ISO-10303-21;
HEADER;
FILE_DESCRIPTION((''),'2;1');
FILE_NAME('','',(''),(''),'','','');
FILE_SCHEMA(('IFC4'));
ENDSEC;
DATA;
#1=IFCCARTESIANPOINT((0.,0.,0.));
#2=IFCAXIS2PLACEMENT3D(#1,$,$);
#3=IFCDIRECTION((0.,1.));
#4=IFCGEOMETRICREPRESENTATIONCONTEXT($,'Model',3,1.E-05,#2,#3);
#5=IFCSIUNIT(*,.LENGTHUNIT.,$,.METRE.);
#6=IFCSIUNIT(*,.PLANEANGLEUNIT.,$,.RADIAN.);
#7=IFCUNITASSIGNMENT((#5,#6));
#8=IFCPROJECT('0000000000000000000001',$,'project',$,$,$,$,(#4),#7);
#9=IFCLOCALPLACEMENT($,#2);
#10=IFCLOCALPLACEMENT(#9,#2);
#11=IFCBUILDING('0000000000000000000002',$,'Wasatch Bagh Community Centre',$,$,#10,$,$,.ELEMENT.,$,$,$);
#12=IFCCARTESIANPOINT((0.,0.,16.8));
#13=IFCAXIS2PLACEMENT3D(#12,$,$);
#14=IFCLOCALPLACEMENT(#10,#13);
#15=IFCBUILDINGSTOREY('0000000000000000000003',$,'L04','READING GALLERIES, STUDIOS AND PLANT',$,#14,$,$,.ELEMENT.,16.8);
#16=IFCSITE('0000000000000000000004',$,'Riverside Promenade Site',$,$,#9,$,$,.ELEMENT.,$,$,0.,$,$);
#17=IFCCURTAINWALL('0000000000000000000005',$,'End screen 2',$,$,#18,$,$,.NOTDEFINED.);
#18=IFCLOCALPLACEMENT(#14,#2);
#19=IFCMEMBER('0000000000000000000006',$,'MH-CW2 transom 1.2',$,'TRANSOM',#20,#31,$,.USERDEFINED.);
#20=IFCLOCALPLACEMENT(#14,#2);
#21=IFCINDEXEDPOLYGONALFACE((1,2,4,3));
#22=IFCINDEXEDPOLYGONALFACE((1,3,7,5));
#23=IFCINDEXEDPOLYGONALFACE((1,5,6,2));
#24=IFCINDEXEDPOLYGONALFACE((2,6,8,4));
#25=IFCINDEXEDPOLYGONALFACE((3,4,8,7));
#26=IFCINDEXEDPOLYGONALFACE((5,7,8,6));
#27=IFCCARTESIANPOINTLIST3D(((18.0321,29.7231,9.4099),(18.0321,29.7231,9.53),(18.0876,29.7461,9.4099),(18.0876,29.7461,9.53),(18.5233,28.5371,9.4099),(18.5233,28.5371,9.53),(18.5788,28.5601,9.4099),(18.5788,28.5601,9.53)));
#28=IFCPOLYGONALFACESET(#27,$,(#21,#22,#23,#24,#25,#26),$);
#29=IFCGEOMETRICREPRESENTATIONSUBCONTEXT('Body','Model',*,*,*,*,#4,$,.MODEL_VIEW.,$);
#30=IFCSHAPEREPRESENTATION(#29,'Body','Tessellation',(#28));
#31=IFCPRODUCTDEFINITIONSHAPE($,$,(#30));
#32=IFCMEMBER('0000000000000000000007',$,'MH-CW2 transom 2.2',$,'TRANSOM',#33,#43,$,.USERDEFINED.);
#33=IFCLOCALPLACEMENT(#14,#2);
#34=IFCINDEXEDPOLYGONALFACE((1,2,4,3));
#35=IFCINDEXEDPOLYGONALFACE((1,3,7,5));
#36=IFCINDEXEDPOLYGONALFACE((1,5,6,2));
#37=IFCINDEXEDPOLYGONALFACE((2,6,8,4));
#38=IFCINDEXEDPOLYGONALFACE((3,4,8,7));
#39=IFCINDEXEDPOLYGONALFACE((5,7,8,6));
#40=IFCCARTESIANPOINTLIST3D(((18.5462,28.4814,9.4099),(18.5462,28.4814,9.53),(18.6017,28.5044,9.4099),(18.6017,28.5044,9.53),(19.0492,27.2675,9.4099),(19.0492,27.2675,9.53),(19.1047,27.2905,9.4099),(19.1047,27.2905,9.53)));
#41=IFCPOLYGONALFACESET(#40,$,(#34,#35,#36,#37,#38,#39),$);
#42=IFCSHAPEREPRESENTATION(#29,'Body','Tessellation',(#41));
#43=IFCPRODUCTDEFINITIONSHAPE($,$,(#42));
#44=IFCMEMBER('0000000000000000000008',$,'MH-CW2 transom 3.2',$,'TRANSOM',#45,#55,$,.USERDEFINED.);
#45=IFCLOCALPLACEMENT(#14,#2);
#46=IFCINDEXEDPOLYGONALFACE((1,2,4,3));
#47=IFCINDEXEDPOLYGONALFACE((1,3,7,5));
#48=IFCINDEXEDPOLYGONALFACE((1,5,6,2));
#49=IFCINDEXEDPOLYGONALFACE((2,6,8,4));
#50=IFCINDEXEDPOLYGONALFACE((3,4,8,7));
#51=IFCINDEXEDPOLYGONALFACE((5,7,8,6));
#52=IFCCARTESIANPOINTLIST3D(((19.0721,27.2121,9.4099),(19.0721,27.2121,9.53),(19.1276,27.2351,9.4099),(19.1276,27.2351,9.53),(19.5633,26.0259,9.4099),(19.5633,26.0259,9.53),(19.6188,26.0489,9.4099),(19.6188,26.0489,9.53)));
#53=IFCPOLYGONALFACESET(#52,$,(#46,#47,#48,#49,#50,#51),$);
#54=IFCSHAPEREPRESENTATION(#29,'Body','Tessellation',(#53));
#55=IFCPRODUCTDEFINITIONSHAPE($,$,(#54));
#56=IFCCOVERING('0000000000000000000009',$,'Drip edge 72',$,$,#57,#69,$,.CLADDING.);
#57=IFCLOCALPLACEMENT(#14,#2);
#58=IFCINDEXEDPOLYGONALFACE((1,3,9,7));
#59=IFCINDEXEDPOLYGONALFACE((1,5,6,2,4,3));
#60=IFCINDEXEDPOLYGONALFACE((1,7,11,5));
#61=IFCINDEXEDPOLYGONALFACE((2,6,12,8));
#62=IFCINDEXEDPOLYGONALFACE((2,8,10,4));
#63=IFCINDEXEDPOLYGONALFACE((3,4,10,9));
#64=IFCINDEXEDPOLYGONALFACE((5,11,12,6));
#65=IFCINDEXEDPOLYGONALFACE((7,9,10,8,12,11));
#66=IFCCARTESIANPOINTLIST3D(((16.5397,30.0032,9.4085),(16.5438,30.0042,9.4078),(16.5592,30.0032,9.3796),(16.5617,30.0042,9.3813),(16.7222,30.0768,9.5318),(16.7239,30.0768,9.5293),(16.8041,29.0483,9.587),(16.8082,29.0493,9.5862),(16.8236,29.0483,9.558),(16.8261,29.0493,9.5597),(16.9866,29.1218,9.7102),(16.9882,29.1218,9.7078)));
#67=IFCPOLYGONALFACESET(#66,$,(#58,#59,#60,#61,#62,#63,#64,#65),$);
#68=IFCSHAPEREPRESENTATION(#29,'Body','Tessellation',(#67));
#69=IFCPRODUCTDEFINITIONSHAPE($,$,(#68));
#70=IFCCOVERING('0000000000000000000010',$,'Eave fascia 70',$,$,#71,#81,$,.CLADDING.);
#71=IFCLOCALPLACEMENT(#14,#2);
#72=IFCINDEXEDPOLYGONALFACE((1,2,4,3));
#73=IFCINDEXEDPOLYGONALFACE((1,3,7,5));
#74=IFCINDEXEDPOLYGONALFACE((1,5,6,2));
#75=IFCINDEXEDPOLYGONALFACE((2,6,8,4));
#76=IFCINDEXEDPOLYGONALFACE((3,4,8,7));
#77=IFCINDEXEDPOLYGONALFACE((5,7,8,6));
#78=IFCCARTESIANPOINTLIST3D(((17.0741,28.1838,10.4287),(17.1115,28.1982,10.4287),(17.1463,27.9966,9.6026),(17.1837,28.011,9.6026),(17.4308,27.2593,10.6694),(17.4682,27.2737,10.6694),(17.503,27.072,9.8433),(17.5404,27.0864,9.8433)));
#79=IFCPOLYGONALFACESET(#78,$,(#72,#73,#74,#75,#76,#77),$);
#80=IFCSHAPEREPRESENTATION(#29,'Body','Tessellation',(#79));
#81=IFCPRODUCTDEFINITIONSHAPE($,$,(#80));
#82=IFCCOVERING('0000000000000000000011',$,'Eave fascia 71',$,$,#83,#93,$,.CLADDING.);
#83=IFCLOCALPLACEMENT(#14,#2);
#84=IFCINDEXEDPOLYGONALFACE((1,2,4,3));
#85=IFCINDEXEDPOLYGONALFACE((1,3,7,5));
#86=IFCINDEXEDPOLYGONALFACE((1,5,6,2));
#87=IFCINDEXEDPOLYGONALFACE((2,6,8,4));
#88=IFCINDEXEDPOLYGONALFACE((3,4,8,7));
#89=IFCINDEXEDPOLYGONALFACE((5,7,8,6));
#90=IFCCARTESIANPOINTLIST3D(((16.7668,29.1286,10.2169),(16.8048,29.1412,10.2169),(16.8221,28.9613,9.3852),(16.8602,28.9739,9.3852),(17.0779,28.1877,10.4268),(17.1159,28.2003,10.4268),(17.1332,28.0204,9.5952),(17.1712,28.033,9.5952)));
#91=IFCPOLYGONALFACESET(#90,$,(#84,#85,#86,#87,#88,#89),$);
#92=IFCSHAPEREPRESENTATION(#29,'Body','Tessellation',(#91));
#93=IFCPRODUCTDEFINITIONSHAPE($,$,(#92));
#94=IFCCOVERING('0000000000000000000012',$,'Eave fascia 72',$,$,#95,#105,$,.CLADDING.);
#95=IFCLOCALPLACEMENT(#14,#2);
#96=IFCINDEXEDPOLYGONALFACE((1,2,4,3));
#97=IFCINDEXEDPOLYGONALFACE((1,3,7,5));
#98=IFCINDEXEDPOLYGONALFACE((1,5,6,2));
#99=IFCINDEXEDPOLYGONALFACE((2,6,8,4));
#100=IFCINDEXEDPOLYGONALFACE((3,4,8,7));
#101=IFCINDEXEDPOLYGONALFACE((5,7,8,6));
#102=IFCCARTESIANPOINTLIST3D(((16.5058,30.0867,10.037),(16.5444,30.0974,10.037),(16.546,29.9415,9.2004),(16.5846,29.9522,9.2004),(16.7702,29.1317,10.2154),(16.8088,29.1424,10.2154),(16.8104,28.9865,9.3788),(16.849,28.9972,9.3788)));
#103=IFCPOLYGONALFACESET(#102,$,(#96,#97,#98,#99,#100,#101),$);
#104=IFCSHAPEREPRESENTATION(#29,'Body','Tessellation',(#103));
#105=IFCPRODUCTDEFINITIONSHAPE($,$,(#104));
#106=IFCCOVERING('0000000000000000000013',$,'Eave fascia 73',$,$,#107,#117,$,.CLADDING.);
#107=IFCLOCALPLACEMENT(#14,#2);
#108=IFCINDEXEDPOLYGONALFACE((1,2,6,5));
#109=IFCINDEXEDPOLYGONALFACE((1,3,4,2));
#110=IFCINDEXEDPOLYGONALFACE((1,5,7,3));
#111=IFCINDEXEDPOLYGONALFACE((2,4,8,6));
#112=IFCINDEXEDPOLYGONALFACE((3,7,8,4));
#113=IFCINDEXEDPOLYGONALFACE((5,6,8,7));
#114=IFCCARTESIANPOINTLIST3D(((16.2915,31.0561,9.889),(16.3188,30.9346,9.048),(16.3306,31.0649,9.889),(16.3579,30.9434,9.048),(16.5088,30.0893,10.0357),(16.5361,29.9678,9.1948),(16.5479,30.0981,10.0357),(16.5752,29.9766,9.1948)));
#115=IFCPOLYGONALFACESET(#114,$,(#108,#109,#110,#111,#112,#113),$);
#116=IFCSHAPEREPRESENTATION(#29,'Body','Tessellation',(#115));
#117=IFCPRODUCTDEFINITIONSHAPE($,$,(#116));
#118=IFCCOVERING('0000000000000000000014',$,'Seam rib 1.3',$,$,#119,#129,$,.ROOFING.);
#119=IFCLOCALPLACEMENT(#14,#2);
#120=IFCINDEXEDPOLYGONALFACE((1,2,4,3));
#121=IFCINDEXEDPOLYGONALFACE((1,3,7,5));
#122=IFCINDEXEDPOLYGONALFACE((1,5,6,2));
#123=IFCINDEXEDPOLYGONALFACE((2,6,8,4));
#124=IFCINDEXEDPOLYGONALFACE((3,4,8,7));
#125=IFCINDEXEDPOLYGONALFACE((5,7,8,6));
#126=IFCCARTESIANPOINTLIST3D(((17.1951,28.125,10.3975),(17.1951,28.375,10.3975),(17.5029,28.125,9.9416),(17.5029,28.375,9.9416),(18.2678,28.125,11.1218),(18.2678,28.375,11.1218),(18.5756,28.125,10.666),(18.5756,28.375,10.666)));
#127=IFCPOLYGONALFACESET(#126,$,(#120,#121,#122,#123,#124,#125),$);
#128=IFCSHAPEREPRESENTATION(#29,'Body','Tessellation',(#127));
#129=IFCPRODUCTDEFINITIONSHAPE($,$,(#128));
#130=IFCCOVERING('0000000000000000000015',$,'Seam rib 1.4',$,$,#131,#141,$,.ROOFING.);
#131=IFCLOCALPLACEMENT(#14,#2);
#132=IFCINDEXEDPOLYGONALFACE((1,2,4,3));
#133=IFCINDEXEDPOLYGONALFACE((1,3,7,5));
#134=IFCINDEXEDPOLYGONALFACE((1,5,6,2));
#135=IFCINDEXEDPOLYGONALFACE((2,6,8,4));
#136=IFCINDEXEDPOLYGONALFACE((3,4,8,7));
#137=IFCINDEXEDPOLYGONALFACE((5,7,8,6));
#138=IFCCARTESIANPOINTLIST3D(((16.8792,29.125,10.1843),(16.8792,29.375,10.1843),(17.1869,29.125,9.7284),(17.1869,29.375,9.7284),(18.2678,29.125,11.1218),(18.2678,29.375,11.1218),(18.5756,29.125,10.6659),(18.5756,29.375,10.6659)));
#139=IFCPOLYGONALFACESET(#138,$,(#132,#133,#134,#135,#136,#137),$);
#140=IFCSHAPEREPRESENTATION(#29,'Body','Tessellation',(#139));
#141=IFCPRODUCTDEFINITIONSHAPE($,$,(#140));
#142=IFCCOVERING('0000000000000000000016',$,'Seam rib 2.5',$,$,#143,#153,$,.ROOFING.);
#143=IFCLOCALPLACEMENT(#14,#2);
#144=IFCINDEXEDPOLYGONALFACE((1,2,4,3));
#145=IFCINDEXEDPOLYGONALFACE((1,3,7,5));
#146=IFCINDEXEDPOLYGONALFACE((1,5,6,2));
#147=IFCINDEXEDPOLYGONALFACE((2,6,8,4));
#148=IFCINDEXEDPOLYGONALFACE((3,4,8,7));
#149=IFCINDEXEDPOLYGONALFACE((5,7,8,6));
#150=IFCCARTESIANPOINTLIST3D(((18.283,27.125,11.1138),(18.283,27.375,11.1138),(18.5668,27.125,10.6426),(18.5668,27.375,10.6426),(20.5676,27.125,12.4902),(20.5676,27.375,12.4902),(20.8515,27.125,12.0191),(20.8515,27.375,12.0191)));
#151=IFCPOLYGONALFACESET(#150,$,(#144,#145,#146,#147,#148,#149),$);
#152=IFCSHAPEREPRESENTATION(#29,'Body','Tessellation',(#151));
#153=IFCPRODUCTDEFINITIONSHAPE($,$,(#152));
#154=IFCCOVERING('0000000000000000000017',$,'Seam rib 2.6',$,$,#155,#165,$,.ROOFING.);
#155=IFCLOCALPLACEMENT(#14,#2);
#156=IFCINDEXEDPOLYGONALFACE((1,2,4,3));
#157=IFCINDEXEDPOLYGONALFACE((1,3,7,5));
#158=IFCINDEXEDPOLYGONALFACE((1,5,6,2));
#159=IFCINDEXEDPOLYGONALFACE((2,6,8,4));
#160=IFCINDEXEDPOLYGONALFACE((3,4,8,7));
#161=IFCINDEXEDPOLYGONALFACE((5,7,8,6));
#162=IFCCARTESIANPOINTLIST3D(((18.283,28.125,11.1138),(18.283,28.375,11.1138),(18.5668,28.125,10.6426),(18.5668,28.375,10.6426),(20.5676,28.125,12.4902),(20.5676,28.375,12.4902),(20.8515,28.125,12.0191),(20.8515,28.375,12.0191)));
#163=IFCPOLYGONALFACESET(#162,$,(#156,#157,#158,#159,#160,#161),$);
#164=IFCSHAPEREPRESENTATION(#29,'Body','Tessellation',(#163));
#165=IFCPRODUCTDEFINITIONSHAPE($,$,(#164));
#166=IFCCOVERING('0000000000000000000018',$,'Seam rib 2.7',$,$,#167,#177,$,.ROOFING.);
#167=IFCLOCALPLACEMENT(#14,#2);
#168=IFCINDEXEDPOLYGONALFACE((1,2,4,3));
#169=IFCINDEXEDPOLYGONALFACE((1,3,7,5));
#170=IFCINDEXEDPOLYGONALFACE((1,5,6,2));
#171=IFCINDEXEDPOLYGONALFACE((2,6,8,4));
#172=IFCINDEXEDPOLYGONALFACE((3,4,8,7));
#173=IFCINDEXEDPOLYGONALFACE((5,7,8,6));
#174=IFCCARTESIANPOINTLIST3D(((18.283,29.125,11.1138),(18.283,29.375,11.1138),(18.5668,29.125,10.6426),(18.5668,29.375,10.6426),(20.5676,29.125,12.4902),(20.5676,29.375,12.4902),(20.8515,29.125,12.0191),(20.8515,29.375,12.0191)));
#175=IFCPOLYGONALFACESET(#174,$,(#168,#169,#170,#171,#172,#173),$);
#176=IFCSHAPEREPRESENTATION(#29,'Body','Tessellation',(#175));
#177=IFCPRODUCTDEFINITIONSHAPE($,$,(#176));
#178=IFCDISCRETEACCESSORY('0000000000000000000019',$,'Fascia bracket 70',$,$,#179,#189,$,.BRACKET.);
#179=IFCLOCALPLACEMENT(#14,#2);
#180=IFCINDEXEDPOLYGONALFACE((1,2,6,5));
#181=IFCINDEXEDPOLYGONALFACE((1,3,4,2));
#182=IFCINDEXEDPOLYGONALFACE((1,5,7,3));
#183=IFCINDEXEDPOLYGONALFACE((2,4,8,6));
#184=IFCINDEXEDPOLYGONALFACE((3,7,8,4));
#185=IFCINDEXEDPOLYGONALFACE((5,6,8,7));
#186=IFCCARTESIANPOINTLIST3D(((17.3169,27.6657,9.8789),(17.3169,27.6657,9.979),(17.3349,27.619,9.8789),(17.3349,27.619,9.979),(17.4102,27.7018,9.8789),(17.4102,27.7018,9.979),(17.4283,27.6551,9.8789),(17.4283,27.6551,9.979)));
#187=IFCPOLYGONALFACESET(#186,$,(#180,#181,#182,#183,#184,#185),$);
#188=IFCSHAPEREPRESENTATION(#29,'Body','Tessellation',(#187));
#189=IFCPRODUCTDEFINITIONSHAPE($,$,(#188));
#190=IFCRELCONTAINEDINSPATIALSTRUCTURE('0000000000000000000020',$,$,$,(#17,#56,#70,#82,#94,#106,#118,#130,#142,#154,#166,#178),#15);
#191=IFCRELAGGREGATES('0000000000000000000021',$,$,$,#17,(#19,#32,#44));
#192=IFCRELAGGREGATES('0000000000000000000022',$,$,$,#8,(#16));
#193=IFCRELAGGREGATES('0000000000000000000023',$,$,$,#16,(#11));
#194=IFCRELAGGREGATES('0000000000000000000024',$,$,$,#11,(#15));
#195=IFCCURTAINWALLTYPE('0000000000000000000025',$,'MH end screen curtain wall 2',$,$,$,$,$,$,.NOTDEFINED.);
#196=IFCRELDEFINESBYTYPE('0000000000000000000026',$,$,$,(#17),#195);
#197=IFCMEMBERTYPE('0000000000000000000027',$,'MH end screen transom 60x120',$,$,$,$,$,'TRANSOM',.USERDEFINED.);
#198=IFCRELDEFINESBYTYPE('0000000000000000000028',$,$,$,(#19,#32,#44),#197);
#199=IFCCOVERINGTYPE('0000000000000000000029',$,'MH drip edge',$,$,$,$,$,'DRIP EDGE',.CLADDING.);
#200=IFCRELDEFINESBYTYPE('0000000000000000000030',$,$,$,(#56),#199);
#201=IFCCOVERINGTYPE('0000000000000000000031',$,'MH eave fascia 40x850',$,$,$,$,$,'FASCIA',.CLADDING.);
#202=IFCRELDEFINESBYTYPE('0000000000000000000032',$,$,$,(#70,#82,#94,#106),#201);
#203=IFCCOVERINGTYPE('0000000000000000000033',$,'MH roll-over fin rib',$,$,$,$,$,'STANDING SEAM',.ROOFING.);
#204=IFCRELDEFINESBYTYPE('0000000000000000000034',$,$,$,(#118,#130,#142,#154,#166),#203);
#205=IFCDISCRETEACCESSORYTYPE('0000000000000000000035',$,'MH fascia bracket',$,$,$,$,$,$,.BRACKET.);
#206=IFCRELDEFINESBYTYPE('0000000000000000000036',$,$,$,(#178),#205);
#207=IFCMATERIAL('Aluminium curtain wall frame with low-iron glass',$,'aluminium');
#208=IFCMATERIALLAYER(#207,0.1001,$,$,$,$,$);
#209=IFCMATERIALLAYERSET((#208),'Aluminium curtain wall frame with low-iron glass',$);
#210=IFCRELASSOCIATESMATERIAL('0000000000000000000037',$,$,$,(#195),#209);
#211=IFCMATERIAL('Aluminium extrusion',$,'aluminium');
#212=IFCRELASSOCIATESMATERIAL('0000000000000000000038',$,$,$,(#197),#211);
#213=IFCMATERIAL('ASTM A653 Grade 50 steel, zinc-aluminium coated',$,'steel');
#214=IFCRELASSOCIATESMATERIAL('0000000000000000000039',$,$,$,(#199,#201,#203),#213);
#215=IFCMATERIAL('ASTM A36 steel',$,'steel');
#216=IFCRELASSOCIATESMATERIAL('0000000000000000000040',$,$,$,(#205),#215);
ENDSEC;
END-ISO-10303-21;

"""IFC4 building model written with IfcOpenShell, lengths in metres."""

from ifc_helpers import new_model, si_unit, direction, frame, origin, origin_2d, place, context, subcontext, project, spatial, polyline, rectangle, outline, extrude, material, layer, layer_set, material_profile, profile_set, type_object, element, aggregate, save


model = new_model("IFC4")

# Units and contexts
model_context = context("Model", 3, precision=1e-05, world=origin(), true_north=direction((0.0, 1.0)))
body_context = subcontext(model_context, "Body", "Model", "MODEL_VIEW")
ifc_project = project(units=[si_unit("LENGTHUNIT", "METRE"), si_unit("PLANEANGLEUNIT", "RADIAN")], contexts=[model_context])

# Site, building, storey
site_placement = place(None, origin())
site = spatial("IfcSite", under=ifc_project, at=site_placement, Name="Riverside Promenade Site", CompositionType="ELEMENT", RefElevation=0.0)
building_placement = place(site_placement, origin())
building = spatial("IfcBuilding", under=site, at=building_placement, Name="Wasatch Bagh Community Centre", CompositionType="ELEMENT")
storey_placement = place(building_placement, frame((0.0, 0.0, 16.8)))
storey = spatial("IfcBuildingStorey", under=building, at=storey_placement, Name="L04", Description="READING GALLERIES, STUDIOS AND PLANT", CompositionType="ELEMENT", Elevation=16.8)

# Curtain wall, members
ifc_material_1 = material(Name="Aluminium curtain wall frame with low-iron glass", Category="aluminium")
ifc_layer = layer(ifc_material_1, 0.1001)
ifc_layer_set = layer_set([ifc_layer], Name="Aluminium curtain wall frame with low-iron glass")
curtain_wall_type = type_object("IfcCurtainWallType", Name="MH end screen curtain wall 2", PredefinedType="NOTDEFINED", material=ifc_layer_set)
curtain_wall_placement = place(storey_placement, origin())
curtain_wall = element("IfcCurtainWall", 1, at=curtain_wall_placement, inside=storey, type_object=curtain_wall_type, Name="End screen 2", PredefinedType="NOTDEFINED")
ifc_material_2 = material(Name="Aluminium extrusion", Category="aluminium")
ifc_material_profile_1 = material_profile(ifc_material_2, rectangle(XDim=0.0601, YDim=0.1201, at=origin_2d()), Name="AL 60x120")
ifc_profile_set_1 = profile_set([ifc_material_profile_1], Name="Aluminium extrusion")
member_type = type_object("IfcMemberType", Name="MH end screen transom 60x120", ElementType="TRANSOM", PredefinedType="USERDEFINED", material=ifc_profile_set_1)
member_1_placement = place(storey_placement, frame((18.0598, 29.7346, 9.47), z_axis=(0.382643, -0.923896, 0.0), x_axis=(0.923896, 0.382643, 0.0)))
member_1 = element("IfcMember", 2, at=member_1_placement, type_object=member_type, Name="MH-CW2 transom 1.2", ObjectType="TRANSOM", PredefinedType="USERDEFINED", context=body_context, shape_type="SweptSolid", body=[
    extrude(rectangle(XDim=0.0601, YDim=0.1201, at=origin_2d()), origin(), (0.0, 0.0, 1.0), 1.2837),
])
member_2_placement = place(storey_placement, frame((18.574, 28.4929, 9.47), z_axis=(0.382768, -0.923845, 0.0), x_axis=(0.923845, 0.382768, 0.0)))
member_2 = element("IfcMember", 3, at=member_2_placement, type_object=member_type, Name="MH-CW2 transom 2.2", ObjectType="TRANSOM", PredefinedType="USERDEFINED", context=body_context, shape_type="SweptSolid", body=[
    extrude(rectangle(XDim=0.0601, YDim=0.1201, at=origin_2d()), origin(), (0.0, 0.0, 1.0), 1.314),
])
member_3_placement = place(storey_placement, frame((19.0999, 27.2236, 9.47), z_axis=(0.382576, -0.923924, 0.0), x_axis=(0.923924, 0.382576, 0.0)))
member_3 = element("IfcMember", 4, at=member_3_placement, type_object=member_type, Name="MH-CW2 transom 3.2", ObjectType="TRANSOM", PredefinedType="USERDEFINED", context=body_context, shape_type="SweptSolid", body=[
    extrude(rectangle(XDim=0.0601, YDim=0.1201, at=origin_2d()), origin(), (0.0, 0.0, 1.0), 1.2839),
])
aggregate(curtain_wall, [member_1, member_2, member_3])

# Coverings
ifc_material_3 = material(Name="ASTM A653 Grade 50 steel, zinc-aluminium coated", Category="steel")
ifc_material_profile_2 = material_profile(ifc_material_3, outline(polyline([(-0.0801, 0.0029), (0.1521, 0.0029), (0.1521, -0.032), (0.1489, -0.032), (0.1489, 0.0), (-0.0801, 0.0), (-0.0801, 0.0029)])), Name="DRIP EDGE")
ifc_profile_set_2 = profile_set([ifc_material_profile_2], Name="ASTM A653 Grade 50 steel, zinc-aluminium coated")
covering_type_1 = type_object("IfcCoveringType", Name="MH drip edge", ElementType="DRIP EDGE", PredefinedType="CLADDING", material=ifc_profile_set_2)
covering_1_placement = place(storey_placement, frame((16.9253, 29.0964, 9.6653), z_axis=(-0.262581, 0.948493, -0.177236), x_axis=(-0.786092, -0.316799, -0.530752)))
element("IfcCovering", 5, at=covering_1_placement, inside=storey, type_object=covering_type_1, Name="Drip edge 72", PredefinedType="CLADDING", context=body_context, shape_type="SweptSolid", body=[
    extrude(outline(polyline([(-0.0801, 0.0029), (0.1521, 0.0029), (0.1521, -0.032), (0.1489, -0.032), (0.1489, 0.0), (-0.0801, 0.0), (-0.0801, 0.0029)])), origin(), (0.0, 0.0, 1.0), 1.0068),
])
ifc_material_profile_3 = material_profile(ifc_material_3, rectangle(XDim=0.04, YDim=0.8501, at=origin_2d()), Name="FASCIA 40x850")
ifc_profile_set_3 = profile_set([ifc_material_profile_3], Name="ASTM A653 Grade 50 steel, zinc-aluminium coated")
covering_type_2 = type_object("IfcCoveringType", Name="MH eave fascia 40x850", ElementType="FASCIA", PredefinedType="CLADDING", material=ifc_profile_set_3)
covering_2_placement = place(storey_placement, frame((17.4856, 27.1729, 10.2563), z_axis=(-0.349765, 0.906612, -0.236049), x_axis=(-0.932977, -0.359936, 0.0)))
element("IfcCovering", 6, at=covering_2_placement, inside=storey, type_object=covering_type_2, Name="Eave fascia 70", PredefinedType="CLADDING", context=body_context, shape_type="SweptSolid", body=[
    extrude(rectangle(XDim=0.04, YDim=0.8501, at=origin_2d()), origin(), (0.0, 0.0, 1.0), 1.0198),
])
covering_3_placement = place(storey_placement, frame((17.1245, 28.1104, 10.011), z_axis=(-0.307046, 0.92885, -0.207268), x_axis=(-0.949469, -0.313862, 0.0)))
element("IfcCovering", 7, at=covering_3_placement, inside=storey, type_object=covering_type_2, Name="Eave fascia 71", PredefinedType="CLADDING", context=body_context, shape_type="SweptSolid", body=[
    extrude(rectangle(XDim=0.04, YDim=0.8501, at=origin_2d()), origin(), (0.0, 0.0, 1.0), 1.0129),
])
covering_4_placement = place(storey_placement, frame((16.8096, 29.0645, 9.7971), z_axis=(-0.262581, 0.948493, -0.177236), x_axis=(-0.96375, -0.266805, 0.0)))
element("IfcCovering", 8, at=covering_4_placement, inside=storey, type_object=covering_type_2, Name="Eave fascia 72", PredefinedType="CLADDING", context=body_context, shape_type="SweptSolid", body=[
    extrude(rectangle(XDim=0.04, YDim=0.8501, at=origin_2d()), origin(), (0.0, 0.0, 1.0), 1.0068),
])
covering_5_placement = place(storey_placement, frame((16.542, 30.033, 9.6152), z_axis=(-0.216913, 0.965139, -0.146477), x_axis=(-0.975662, -0.219278, 0.0)))
element("IfcCovering", 9, at=covering_5_placement, inside=storey, type_object=covering_type_2, Name="Eave fascia 73", PredefinedType="CLADDING", context=body_context, shape_type="SweptSolid", body=[
    extrude(rectangle(XDim=0.04, YDim=0.8501, at=origin_2d()), origin(), (0.0, 0.0, 1.0), 1.0017),
])
covering_type_3 = type_object("IfcCoveringType", Name="MH roll-over fin rib", ElementType="STANDING SEAM", PredefinedType="ROOFING", material=ifc_material_3)
covering_6_placement = place(storey_placement, frame((17.1951, 28.125, 10.3975), z_axis=(-0.559609, 0.0, 0.828757), x_axis=(0.828757, 0.0, 0.559609)))
element("IfcCovering", 10, at=covering_6_placement, inside=storey, type_object=covering_type_3, Name="Seam rib 1.3", PredefinedType="ROOFING", context=body_context, shape_type="SweptSolid", body=[
    extrude(outline(polyline([(0.0, 0.0), (1.2944, 0.0), (1.2944, 0.25), (0.0, 0.25), (0.0, 0.0)])), origin(), (0.0, 0.0, -1.0), 0.55),
])
covering_7_placement = place(storey_placement, frame((16.8792, 29.125, 10.1843), z_axis=(-0.559533, 0.0, 0.828808), x_axis=(0.828808, 0.0, 0.559533)))
element("IfcCovering", 11, at=covering_7_placement, inside=storey, type_object=covering_type_3, Name="Seam rib 1.4", PredefinedType="ROOFING", context=body_context, shape_type="SweptSolid", body=[
    extrude(outline(polyline([(0.0, 0.0), (1.6755, 0.0), (1.6755, 0.25), (0.0, 0.25), (0.0, 0.0)])), origin(), (0.0, 0.0, -1.0), 0.55),
])
for number, where, z_axis, x_axis, name in (
    (12, (18.283, 27.125, 11.1138), (-0.516056, 0.0, 0.856555), (0.856555, 0.0, 0.516056), "Seam rib 2.5"),
    (13, (18.283, 28.125, 11.1138), (-0.516056, 0.0, 0.856555), (0.856555, 0.0, 0.516056), "Seam rib 2.6"),
    (14, (18.283, 29.125, 11.1138), (-0.516056, 0.0, 0.856555), (0.856555, 0.0, 0.516056), "Seam rib 2.7"),
):
    element("IfcCovering", number, at=place(storey_placement, frame(where, z_axis=z_axis, x_axis=x_axis)), inside=storey, type_object=covering_type_3, Name=name, PredefinedType="ROOFING", context=body_context, shape_type="SweptSolid", body=[
        extrude(outline(polyline([(0.0, 0.0), (2.6673, 0.0), (2.6673, 0.25), (0.0, 0.25), (0.0, 0.0)])), origin(), (0.0, 0.0, -1.0), 0.55),
    ])

# Discrete accessory
ifc_material_4 = material(Name="ASTM A36 steel", Category="steel")
discrete_accessory_type_1 = type_object("IfcDiscreteAccessoryType", Name="MH fascia bracket", PredefinedType="BRACKET", material=ifc_material_4)
for number, where, z_axis, x_axis, name in (
    (15, (17.3726, 27.6604, 9.8789), (0.0, 0.0, 1.0), (-0.932993, -0.359895, 0.0), "Fascia bracket 70"),
):
    element("IfcDiscreteAccessory", number, at=place(storey_placement, frame(where, z_axis=z_axis, x_axis=x_axis)), inside=storey, type_object=discrete_accessory_type_1, Name=name, PredefinedType="BRACKET", context=body_context, shape_type="SweptSolid", body=[
        extrude(rectangle(XDim=0.1001, YDim=0.05, at=origin_2d()), origin(), (0.0, 0.0, 1.0), 0.1001),
    ])

save(model, "model.ifc")
